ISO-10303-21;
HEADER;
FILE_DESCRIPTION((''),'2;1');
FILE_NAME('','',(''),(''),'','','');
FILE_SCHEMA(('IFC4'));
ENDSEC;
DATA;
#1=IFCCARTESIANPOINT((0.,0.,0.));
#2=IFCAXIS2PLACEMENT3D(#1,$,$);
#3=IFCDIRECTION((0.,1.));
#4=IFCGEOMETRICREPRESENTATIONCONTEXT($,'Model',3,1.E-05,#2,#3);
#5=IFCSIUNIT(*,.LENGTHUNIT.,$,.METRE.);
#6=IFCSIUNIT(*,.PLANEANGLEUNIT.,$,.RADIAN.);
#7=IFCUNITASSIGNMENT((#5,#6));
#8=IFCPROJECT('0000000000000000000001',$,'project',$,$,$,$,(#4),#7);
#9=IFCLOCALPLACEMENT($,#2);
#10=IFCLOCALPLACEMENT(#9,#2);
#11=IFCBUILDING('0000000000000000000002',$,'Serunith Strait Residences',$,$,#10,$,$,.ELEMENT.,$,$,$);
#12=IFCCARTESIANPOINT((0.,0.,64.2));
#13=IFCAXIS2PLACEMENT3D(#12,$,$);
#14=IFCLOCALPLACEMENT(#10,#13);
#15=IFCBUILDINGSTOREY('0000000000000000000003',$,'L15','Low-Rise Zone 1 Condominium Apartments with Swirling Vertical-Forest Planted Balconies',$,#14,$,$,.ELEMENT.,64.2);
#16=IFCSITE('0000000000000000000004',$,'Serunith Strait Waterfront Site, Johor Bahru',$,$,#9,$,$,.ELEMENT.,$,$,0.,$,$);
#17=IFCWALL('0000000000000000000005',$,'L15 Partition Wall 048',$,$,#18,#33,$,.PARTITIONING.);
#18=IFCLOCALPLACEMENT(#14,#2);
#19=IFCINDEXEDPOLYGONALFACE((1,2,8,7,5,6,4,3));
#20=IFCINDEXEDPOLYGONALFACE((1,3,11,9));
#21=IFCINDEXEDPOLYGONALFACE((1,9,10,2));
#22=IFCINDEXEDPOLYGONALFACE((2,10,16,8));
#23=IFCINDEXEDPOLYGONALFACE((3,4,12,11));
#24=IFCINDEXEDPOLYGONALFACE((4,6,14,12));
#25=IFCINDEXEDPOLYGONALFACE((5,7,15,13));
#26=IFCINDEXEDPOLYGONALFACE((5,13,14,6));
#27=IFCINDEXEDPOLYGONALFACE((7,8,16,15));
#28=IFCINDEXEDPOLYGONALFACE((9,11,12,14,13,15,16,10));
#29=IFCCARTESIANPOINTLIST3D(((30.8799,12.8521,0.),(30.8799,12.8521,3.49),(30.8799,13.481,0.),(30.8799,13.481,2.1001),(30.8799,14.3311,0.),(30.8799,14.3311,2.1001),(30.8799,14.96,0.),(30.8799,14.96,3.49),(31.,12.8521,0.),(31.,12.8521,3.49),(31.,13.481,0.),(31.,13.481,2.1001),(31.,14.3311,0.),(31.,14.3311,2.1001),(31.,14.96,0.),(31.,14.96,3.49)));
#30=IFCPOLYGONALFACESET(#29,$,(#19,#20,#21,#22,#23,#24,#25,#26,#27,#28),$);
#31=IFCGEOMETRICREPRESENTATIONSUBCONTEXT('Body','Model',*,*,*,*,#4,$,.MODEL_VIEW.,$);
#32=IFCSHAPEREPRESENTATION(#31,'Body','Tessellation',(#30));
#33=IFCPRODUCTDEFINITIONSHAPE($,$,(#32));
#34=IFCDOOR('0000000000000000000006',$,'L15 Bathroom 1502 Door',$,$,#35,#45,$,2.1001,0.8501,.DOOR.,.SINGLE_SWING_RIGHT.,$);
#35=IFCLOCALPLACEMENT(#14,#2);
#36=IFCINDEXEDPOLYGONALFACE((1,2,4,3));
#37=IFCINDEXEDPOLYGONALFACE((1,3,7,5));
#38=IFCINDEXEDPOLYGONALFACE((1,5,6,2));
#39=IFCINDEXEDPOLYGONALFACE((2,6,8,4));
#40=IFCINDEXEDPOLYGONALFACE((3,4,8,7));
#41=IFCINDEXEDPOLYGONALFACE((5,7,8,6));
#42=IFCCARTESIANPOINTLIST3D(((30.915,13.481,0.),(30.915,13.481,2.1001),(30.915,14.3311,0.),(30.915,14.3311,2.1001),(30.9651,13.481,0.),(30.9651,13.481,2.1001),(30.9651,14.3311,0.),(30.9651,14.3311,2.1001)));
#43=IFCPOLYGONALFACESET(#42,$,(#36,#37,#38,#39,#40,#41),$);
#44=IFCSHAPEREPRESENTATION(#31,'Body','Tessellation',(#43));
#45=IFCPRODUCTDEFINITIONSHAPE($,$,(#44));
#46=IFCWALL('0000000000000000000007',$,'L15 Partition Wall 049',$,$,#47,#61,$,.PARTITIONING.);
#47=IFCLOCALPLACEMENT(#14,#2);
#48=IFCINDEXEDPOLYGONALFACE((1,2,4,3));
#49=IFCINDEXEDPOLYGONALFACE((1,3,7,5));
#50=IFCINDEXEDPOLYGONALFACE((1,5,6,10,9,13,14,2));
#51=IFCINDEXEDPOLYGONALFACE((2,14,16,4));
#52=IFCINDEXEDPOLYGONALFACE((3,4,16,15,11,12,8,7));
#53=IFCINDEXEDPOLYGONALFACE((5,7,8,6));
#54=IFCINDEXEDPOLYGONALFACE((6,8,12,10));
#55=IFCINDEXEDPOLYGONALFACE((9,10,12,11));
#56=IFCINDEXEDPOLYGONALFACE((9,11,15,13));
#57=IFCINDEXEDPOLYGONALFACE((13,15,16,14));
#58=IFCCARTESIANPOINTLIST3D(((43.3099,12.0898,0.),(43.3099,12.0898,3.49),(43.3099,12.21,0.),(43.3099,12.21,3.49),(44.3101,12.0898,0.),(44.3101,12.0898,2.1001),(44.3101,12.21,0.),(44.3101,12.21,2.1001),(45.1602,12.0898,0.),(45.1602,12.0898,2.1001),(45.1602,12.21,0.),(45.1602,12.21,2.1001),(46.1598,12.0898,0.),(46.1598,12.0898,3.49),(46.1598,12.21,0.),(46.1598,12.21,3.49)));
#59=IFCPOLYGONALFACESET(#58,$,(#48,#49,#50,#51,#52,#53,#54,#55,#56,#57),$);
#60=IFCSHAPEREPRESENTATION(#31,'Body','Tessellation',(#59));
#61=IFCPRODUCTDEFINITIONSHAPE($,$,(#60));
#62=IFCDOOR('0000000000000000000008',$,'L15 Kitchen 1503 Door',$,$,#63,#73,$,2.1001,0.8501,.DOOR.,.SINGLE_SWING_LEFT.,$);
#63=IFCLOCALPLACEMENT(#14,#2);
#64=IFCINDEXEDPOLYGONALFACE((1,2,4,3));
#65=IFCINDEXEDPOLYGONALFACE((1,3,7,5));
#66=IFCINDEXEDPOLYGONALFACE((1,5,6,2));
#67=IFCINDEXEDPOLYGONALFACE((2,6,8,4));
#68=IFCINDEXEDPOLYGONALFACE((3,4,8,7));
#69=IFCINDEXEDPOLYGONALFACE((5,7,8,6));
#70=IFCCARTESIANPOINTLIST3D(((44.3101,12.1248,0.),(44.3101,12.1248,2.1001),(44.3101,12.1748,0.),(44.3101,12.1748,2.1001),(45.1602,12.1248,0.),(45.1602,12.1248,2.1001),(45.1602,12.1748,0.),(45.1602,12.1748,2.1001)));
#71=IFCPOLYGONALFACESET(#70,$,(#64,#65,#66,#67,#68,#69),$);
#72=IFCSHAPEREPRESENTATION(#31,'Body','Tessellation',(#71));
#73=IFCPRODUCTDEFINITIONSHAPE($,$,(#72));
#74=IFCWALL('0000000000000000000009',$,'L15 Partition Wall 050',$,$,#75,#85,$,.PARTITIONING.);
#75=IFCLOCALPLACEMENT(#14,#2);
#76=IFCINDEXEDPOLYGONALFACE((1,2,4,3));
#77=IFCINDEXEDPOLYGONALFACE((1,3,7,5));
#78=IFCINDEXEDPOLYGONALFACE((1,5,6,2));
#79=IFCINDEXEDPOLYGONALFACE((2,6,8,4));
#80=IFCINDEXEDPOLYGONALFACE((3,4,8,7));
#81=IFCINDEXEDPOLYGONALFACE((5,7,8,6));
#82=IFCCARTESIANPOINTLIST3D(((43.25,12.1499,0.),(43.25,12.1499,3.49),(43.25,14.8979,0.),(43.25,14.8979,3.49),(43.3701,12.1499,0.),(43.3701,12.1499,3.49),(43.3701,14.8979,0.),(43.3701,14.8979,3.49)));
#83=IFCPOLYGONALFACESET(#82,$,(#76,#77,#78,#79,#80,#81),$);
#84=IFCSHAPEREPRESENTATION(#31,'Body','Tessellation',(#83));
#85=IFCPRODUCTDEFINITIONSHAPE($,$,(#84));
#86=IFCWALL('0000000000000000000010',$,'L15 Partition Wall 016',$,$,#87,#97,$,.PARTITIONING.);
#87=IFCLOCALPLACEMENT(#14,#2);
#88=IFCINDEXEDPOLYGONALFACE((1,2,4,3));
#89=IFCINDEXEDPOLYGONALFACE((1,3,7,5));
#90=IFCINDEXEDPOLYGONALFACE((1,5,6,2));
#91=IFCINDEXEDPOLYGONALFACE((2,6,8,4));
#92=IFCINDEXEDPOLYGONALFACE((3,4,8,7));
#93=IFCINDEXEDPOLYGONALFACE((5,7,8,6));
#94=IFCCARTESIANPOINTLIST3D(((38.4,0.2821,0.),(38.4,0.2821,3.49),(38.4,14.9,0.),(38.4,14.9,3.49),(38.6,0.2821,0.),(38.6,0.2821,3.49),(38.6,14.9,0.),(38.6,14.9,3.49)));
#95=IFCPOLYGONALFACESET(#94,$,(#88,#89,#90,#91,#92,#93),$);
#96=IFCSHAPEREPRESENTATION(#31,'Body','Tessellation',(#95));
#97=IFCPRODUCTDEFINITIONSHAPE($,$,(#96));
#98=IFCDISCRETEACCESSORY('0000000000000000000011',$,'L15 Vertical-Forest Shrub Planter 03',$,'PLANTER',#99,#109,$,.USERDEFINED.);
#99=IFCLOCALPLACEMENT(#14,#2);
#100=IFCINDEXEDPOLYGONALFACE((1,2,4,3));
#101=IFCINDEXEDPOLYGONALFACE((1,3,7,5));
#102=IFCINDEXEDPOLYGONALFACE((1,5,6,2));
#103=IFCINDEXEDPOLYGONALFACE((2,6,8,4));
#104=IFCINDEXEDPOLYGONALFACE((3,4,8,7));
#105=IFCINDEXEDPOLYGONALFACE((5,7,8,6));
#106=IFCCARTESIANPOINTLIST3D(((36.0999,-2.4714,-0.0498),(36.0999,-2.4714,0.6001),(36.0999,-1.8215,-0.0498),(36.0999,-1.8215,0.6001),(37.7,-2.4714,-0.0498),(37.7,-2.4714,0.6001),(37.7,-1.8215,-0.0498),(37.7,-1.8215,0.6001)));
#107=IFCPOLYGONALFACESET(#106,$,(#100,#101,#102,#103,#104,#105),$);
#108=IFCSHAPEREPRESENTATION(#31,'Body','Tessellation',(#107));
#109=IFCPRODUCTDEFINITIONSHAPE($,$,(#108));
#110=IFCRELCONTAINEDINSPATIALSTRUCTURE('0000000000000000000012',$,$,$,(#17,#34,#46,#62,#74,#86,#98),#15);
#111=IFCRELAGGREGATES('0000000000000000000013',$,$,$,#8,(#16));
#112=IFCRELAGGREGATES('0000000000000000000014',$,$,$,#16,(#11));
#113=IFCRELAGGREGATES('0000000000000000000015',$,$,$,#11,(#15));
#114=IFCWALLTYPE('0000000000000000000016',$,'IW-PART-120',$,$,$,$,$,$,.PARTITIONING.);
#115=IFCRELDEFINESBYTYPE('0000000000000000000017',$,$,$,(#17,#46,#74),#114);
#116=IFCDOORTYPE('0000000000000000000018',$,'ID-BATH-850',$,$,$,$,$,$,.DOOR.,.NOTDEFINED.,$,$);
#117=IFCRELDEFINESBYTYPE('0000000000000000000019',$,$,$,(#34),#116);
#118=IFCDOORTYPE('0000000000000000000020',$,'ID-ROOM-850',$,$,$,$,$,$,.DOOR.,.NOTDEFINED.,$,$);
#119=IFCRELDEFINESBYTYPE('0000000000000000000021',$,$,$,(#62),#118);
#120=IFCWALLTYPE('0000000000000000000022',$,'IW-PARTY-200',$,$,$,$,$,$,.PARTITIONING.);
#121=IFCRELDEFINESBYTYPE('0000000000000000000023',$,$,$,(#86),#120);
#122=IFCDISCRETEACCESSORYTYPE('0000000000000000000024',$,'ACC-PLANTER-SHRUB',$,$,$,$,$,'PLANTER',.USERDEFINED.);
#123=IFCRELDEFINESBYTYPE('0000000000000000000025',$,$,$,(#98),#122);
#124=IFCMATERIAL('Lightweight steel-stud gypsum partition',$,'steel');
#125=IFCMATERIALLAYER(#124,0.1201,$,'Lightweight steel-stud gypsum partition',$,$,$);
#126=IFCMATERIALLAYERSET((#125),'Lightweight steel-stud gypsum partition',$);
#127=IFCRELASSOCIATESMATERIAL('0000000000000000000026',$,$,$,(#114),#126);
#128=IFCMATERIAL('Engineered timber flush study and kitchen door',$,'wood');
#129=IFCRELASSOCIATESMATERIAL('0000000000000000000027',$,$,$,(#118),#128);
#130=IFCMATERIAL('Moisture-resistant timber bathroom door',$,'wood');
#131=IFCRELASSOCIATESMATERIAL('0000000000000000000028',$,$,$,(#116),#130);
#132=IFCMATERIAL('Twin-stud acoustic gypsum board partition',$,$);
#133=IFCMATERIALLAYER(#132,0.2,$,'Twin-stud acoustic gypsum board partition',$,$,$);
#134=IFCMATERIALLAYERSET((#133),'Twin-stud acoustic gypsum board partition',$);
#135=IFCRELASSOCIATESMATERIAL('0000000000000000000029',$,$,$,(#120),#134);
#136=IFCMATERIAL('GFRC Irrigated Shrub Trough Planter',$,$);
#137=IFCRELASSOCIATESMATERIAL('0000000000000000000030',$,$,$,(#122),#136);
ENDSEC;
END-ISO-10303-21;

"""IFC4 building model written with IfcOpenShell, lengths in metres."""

from ifc_helpers import new_model, si_unit, direction, frame, frame_2d, origin, origin_2d, place, context, subcontext, project, spatial, rectangle, extrude, source, transform, mapped, material, layer, layer_set, type_object, element, fill, save


model = new_model("IFC4")

# Units and contexts
model_context = context("Model", 3, precision=1e-05, world=origin(), true_north=direction((0.0, 1.0)))
body_context = subcontext(model_context, "Body", "Model", "MODEL_VIEW")
ifc_project = project(units=[si_unit("LENGTHUNIT", "METRE"), si_unit("PLANEANGLEUNIT", "RADIAN")], contexts=[model_context])

# Site, building, storey
site_placement = place(None, origin())
site = spatial("IfcSite", under=ifc_project, at=site_placement, Name="Serunith Strait Waterfront Site, Johor Bahru", CompositionType="ELEMENT", RefElevation=0.0)
building_placement = place(site_placement, origin())
building = spatial("IfcBuilding", under=site, at=building_placement, Name="Serunith Strait Residences", CompositionType="ELEMENT")
storey_placement = place(building_placement, frame((0.0, 0.0, 64.2)))
storey = spatial("IfcBuildingStorey", under=building, at=storey_placement, Name="L15", Description="Low-Rise Zone 1 Condominium Apartments with Swirling Vertical-Forest Planted Balconies", CompositionType="ELEMENT", Elevation=64.2)

# Walls, openings, doors
ifc_material_1 = material(Name="Lightweight steel-stud gypsum partition", Category="steel")
ifc_layer_1 = layer(ifc_material_1, 0.1201, Name="Lightweight steel-stud gypsum partition")
ifc_layer_set_1 = layer_set([ifc_layer_1], Name="Lightweight steel-stud gypsum partition")
wall_type_1 = type_object("IfcWallType", Name="IW-PART-120", PredefinedType="PARTITIONING", material=ifc_layer_set_1)
ifc_material_2 = material(Name="Engineered timber flush study and kitchen door", Category="wood")
door_type_1 = type_object("IfcDoorType", Name="ID-ROOM-850", OperationType="NOTDEFINED", PredefinedType="DOOR", material=ifc_material_2)
shared_shape_1 = source(origin(), body_context, "Body", "SweptSolid", [
    extrude(rectangle(XDim=0.8501, YDim=2.1001, at=frame_2d((0.425, 1.05))), frame((0.0, 0.0249, 0.0), z_axis=(0.0, -1.0, 0.0), x_axis=(1.0, 0.0, 0.0)), (0.0, 0.0, 1.0), 0.05),
])
wall_1_placement = place(storey_placement, frame((30.9399, 12.8521, 0.0), z_axis=(0.0, 0.0, 1.0), x_axis=(0.0, 1.0, 0.0)))
wall_1 = element("IfcWall", 1, at=wall_1_placement, inside=storey, type_object=wall_type_1, Name="L15 Partition Wall 048", PredefinedType="PARTITIONING", context=body_context, shape_type="SweptSolid", body=[
    extrude(rectangle(XDim=2.1079, YDim=0.1201, at=frame_2d((1.054, 0.0))), origin(), (0.0, 0.0, 1.0), 3.49),
])
opening_1_placement = place(wall_1_placement, frame((0.6289, 0.0, 0.0)))
opening_1 = element("IfcOpeningElement", 2, at=opening_1_placement, cuts=wall_1, PredefinedType="OPENING", context=body_context, shape_type="SweptSolid", body=[
    extrude(rectangle(XDim=0.8501, YDim=2.1001, at=frame_2d((0.425, 1.05))), frame((0.0, 0.0701, 0.0), z_axis=(0.0, -1.0, 0.0), x_axis=(1.0, 0.0, 0.0)), (0.0, 0.0, 1.0), 0.1401),
])
ifc_material_3 = material(Name="Moisture-resistant timber bathroom door", Category="wood")
door_type_2 = type_object("IfcDoorType", Name="ID-BATH-850", OperationType="NOTDEFINED", PredefinedType="DOOR", material=ifc_material_3)
door_1_placement = place(opening_1_placement, origin())
door_1 = element("IfcDoor", 3, at=door_1_placement, inside=storey, type_object=door_type_2, Name="L15 Bathroom 1502 Door", OperationType="SINGLE_SWING_RIGHT", OverallHeight=2.1001, OverallWidth=0.8501, PredefinedType="DOOR", context=body_context, shape_type="MappedRepresentation", body=[
    mapped(shared_shape_1, transform((0.0, 0.0, 0.0), scale=1.0)),
])
fill(opening_1, door_1)
wall_2_placement = place(storey_placement, frame((43.3101, 12.1499, 0.0), z_axis=(0.0, 0.0, 1.0), x_axis=(1.0, 0.0, 0.0)))
wall_2 = element("IfcWall", 4, at=wall_2_placement, inside=storey, type_object=wall_type_1, Name="L15 Partition Wall 049", PredefinedType="PARTITIONING", context=body_context, shape_type="SweptSolid", body=[
    extrude(rectangle(XDim=2.8499, YDim=0.1201, at=frame_2d((1.4248, 0.0))), origin(), (0.0, 0.0, 1.0), 3.49),
])
opening_2_placement = place(wall_2_placement, frame((1.0, 0.0, 0.0)))
opening_2 = element("IfcOpeningElement", 5, at=opening_2_placement, cuts=wall_2, PredefinedType="OPENING", context=body_context, shape_type="SweptSolid", body=[
    extrude(rectangle(XDim=0.8501, YDim=2.1001, at=frame_2d((0.425, 1.05))), frame((0.0, 0.0701, 0.0), z_axis=(0.0, -1.0, 0.0), x_axis=(1.0, 0.0, 0.0)), (0.0, 0.0, 1.0), 0.1401),
])
door_2_placement = place(opening_2_placement, origin())
door_2 = element("IfcDoor", 6, at=door_2_placement, inside=storey, type_object=door_type_1, Name="L15 Kitchen 1503 Door", OperationType="SINGLE_SWING_LEFT", OverallHeight=2.1001, OverallWidth=0.8501, PredefinedType="DOOR", context=body_context, shape_type="MappedRepresentation", body=[
    mapped(shared_shape_1, transform((0.0, 0.0, 0.0), scale=1.0)),
])
fill(opening_2, door_2)

# Walls
wall_3_placement = place(storey_placement, frame((43.3101, 12.1499, 0.0), z_axis=(0.0, 0.0, 1.0), x_axis=(0.0, 1.0, 0.0)))
element("IfcWall", 7, at=wall_3_placement, inside=storey, type_object=wall_type_1, Name="L15 Partition Wall 050", PredefinedType="PARTITIONING", context=body_context, shape_type="SweptSolid", body=[
    extrude(rectangle(XDim=2.748, YDim=0.1201, at=frame_2d((1.374, 0.0))), origin(), (0.0, 0.0, 1.0), 3.49),
])
ifc_material_4 = material(Name="Twin-stud acoustic gypsum board partition")
ifc_layer_2 = layer(ifc_material_4, 0.2, Name="Twin-stud acoustic gypsum board partition")
ifc_layer_set_2 = layer_set([ifc_layer_2], Name="Twin-stud acoustic gypsum board partition")
wall_type_2 = type_object("IfcWallType", Name="IW-PARTY-200", PredefinedType="PARTITIONING", material=ifc_layer_set_2)
wall_4_placement = place(storey_placement, frame((38.5, 0.282, 0.0), z_axis=(0.0, 0.0, 1.0), x_axis=(0.0, 1.0, 0.0)))
element("IfcWall", 8, at=wall_4_placement, inside=storey, type_object=wall_type_2, Name="L15 Partition Wall 016", PredefinedType="PARTITIONING", context=body_context, shape_type="SweptSolid", body=[
    extrude(rectangle(XDim=14.6179, YDim=0.2, at=frame_2d((7.3091, 0.0))), origin(), (0.0, 0.0, 1.0), 3.49),
])

# Discrete accessory
ifc_material_5 = material(Name="GFRC Irrigated Shrub Trough Planter")
discrete_accessory_type = type_object("IfcDiscreteAccessoryType", Name="ACC-PLANTER-SHRUB", ElementType="PLANTER", PredefinedType="USERDEFINED", material=ifc_material_5)
shared_shape_2 = source(origin(), body_context, "Body", "SweptSolid", [
    extrude(rectangle(XDim=1.6001, YDim=0.6499, at=origin_2d()), origin(), (0.0, 0.0, 1.0), 0.6499),
])
discrete_accessory_placement = place(storey_placement, frame((36.8999, -2.1465, -0.0498), z_axis=(0.0, 0.0, 1.0), x_axis=(1.0, 0.0, 0.0)))
element("IfcDiscreteAccessory", 9, at=discrete_accessory_placement, inside=storey, type_object=discrete_accessory_type, Name="L15 Vertical-Forest Shrub Planter 03", ObjectType="PLANTER", PredefinedType="USERDEFINED", context=body_context, shape_type="MappedRepresentation", body=[
    mapped(shared_shape_2, transform((0.0, 0.0, 0.0), scale=1.0)),
])

save(model, "model.ifc")
